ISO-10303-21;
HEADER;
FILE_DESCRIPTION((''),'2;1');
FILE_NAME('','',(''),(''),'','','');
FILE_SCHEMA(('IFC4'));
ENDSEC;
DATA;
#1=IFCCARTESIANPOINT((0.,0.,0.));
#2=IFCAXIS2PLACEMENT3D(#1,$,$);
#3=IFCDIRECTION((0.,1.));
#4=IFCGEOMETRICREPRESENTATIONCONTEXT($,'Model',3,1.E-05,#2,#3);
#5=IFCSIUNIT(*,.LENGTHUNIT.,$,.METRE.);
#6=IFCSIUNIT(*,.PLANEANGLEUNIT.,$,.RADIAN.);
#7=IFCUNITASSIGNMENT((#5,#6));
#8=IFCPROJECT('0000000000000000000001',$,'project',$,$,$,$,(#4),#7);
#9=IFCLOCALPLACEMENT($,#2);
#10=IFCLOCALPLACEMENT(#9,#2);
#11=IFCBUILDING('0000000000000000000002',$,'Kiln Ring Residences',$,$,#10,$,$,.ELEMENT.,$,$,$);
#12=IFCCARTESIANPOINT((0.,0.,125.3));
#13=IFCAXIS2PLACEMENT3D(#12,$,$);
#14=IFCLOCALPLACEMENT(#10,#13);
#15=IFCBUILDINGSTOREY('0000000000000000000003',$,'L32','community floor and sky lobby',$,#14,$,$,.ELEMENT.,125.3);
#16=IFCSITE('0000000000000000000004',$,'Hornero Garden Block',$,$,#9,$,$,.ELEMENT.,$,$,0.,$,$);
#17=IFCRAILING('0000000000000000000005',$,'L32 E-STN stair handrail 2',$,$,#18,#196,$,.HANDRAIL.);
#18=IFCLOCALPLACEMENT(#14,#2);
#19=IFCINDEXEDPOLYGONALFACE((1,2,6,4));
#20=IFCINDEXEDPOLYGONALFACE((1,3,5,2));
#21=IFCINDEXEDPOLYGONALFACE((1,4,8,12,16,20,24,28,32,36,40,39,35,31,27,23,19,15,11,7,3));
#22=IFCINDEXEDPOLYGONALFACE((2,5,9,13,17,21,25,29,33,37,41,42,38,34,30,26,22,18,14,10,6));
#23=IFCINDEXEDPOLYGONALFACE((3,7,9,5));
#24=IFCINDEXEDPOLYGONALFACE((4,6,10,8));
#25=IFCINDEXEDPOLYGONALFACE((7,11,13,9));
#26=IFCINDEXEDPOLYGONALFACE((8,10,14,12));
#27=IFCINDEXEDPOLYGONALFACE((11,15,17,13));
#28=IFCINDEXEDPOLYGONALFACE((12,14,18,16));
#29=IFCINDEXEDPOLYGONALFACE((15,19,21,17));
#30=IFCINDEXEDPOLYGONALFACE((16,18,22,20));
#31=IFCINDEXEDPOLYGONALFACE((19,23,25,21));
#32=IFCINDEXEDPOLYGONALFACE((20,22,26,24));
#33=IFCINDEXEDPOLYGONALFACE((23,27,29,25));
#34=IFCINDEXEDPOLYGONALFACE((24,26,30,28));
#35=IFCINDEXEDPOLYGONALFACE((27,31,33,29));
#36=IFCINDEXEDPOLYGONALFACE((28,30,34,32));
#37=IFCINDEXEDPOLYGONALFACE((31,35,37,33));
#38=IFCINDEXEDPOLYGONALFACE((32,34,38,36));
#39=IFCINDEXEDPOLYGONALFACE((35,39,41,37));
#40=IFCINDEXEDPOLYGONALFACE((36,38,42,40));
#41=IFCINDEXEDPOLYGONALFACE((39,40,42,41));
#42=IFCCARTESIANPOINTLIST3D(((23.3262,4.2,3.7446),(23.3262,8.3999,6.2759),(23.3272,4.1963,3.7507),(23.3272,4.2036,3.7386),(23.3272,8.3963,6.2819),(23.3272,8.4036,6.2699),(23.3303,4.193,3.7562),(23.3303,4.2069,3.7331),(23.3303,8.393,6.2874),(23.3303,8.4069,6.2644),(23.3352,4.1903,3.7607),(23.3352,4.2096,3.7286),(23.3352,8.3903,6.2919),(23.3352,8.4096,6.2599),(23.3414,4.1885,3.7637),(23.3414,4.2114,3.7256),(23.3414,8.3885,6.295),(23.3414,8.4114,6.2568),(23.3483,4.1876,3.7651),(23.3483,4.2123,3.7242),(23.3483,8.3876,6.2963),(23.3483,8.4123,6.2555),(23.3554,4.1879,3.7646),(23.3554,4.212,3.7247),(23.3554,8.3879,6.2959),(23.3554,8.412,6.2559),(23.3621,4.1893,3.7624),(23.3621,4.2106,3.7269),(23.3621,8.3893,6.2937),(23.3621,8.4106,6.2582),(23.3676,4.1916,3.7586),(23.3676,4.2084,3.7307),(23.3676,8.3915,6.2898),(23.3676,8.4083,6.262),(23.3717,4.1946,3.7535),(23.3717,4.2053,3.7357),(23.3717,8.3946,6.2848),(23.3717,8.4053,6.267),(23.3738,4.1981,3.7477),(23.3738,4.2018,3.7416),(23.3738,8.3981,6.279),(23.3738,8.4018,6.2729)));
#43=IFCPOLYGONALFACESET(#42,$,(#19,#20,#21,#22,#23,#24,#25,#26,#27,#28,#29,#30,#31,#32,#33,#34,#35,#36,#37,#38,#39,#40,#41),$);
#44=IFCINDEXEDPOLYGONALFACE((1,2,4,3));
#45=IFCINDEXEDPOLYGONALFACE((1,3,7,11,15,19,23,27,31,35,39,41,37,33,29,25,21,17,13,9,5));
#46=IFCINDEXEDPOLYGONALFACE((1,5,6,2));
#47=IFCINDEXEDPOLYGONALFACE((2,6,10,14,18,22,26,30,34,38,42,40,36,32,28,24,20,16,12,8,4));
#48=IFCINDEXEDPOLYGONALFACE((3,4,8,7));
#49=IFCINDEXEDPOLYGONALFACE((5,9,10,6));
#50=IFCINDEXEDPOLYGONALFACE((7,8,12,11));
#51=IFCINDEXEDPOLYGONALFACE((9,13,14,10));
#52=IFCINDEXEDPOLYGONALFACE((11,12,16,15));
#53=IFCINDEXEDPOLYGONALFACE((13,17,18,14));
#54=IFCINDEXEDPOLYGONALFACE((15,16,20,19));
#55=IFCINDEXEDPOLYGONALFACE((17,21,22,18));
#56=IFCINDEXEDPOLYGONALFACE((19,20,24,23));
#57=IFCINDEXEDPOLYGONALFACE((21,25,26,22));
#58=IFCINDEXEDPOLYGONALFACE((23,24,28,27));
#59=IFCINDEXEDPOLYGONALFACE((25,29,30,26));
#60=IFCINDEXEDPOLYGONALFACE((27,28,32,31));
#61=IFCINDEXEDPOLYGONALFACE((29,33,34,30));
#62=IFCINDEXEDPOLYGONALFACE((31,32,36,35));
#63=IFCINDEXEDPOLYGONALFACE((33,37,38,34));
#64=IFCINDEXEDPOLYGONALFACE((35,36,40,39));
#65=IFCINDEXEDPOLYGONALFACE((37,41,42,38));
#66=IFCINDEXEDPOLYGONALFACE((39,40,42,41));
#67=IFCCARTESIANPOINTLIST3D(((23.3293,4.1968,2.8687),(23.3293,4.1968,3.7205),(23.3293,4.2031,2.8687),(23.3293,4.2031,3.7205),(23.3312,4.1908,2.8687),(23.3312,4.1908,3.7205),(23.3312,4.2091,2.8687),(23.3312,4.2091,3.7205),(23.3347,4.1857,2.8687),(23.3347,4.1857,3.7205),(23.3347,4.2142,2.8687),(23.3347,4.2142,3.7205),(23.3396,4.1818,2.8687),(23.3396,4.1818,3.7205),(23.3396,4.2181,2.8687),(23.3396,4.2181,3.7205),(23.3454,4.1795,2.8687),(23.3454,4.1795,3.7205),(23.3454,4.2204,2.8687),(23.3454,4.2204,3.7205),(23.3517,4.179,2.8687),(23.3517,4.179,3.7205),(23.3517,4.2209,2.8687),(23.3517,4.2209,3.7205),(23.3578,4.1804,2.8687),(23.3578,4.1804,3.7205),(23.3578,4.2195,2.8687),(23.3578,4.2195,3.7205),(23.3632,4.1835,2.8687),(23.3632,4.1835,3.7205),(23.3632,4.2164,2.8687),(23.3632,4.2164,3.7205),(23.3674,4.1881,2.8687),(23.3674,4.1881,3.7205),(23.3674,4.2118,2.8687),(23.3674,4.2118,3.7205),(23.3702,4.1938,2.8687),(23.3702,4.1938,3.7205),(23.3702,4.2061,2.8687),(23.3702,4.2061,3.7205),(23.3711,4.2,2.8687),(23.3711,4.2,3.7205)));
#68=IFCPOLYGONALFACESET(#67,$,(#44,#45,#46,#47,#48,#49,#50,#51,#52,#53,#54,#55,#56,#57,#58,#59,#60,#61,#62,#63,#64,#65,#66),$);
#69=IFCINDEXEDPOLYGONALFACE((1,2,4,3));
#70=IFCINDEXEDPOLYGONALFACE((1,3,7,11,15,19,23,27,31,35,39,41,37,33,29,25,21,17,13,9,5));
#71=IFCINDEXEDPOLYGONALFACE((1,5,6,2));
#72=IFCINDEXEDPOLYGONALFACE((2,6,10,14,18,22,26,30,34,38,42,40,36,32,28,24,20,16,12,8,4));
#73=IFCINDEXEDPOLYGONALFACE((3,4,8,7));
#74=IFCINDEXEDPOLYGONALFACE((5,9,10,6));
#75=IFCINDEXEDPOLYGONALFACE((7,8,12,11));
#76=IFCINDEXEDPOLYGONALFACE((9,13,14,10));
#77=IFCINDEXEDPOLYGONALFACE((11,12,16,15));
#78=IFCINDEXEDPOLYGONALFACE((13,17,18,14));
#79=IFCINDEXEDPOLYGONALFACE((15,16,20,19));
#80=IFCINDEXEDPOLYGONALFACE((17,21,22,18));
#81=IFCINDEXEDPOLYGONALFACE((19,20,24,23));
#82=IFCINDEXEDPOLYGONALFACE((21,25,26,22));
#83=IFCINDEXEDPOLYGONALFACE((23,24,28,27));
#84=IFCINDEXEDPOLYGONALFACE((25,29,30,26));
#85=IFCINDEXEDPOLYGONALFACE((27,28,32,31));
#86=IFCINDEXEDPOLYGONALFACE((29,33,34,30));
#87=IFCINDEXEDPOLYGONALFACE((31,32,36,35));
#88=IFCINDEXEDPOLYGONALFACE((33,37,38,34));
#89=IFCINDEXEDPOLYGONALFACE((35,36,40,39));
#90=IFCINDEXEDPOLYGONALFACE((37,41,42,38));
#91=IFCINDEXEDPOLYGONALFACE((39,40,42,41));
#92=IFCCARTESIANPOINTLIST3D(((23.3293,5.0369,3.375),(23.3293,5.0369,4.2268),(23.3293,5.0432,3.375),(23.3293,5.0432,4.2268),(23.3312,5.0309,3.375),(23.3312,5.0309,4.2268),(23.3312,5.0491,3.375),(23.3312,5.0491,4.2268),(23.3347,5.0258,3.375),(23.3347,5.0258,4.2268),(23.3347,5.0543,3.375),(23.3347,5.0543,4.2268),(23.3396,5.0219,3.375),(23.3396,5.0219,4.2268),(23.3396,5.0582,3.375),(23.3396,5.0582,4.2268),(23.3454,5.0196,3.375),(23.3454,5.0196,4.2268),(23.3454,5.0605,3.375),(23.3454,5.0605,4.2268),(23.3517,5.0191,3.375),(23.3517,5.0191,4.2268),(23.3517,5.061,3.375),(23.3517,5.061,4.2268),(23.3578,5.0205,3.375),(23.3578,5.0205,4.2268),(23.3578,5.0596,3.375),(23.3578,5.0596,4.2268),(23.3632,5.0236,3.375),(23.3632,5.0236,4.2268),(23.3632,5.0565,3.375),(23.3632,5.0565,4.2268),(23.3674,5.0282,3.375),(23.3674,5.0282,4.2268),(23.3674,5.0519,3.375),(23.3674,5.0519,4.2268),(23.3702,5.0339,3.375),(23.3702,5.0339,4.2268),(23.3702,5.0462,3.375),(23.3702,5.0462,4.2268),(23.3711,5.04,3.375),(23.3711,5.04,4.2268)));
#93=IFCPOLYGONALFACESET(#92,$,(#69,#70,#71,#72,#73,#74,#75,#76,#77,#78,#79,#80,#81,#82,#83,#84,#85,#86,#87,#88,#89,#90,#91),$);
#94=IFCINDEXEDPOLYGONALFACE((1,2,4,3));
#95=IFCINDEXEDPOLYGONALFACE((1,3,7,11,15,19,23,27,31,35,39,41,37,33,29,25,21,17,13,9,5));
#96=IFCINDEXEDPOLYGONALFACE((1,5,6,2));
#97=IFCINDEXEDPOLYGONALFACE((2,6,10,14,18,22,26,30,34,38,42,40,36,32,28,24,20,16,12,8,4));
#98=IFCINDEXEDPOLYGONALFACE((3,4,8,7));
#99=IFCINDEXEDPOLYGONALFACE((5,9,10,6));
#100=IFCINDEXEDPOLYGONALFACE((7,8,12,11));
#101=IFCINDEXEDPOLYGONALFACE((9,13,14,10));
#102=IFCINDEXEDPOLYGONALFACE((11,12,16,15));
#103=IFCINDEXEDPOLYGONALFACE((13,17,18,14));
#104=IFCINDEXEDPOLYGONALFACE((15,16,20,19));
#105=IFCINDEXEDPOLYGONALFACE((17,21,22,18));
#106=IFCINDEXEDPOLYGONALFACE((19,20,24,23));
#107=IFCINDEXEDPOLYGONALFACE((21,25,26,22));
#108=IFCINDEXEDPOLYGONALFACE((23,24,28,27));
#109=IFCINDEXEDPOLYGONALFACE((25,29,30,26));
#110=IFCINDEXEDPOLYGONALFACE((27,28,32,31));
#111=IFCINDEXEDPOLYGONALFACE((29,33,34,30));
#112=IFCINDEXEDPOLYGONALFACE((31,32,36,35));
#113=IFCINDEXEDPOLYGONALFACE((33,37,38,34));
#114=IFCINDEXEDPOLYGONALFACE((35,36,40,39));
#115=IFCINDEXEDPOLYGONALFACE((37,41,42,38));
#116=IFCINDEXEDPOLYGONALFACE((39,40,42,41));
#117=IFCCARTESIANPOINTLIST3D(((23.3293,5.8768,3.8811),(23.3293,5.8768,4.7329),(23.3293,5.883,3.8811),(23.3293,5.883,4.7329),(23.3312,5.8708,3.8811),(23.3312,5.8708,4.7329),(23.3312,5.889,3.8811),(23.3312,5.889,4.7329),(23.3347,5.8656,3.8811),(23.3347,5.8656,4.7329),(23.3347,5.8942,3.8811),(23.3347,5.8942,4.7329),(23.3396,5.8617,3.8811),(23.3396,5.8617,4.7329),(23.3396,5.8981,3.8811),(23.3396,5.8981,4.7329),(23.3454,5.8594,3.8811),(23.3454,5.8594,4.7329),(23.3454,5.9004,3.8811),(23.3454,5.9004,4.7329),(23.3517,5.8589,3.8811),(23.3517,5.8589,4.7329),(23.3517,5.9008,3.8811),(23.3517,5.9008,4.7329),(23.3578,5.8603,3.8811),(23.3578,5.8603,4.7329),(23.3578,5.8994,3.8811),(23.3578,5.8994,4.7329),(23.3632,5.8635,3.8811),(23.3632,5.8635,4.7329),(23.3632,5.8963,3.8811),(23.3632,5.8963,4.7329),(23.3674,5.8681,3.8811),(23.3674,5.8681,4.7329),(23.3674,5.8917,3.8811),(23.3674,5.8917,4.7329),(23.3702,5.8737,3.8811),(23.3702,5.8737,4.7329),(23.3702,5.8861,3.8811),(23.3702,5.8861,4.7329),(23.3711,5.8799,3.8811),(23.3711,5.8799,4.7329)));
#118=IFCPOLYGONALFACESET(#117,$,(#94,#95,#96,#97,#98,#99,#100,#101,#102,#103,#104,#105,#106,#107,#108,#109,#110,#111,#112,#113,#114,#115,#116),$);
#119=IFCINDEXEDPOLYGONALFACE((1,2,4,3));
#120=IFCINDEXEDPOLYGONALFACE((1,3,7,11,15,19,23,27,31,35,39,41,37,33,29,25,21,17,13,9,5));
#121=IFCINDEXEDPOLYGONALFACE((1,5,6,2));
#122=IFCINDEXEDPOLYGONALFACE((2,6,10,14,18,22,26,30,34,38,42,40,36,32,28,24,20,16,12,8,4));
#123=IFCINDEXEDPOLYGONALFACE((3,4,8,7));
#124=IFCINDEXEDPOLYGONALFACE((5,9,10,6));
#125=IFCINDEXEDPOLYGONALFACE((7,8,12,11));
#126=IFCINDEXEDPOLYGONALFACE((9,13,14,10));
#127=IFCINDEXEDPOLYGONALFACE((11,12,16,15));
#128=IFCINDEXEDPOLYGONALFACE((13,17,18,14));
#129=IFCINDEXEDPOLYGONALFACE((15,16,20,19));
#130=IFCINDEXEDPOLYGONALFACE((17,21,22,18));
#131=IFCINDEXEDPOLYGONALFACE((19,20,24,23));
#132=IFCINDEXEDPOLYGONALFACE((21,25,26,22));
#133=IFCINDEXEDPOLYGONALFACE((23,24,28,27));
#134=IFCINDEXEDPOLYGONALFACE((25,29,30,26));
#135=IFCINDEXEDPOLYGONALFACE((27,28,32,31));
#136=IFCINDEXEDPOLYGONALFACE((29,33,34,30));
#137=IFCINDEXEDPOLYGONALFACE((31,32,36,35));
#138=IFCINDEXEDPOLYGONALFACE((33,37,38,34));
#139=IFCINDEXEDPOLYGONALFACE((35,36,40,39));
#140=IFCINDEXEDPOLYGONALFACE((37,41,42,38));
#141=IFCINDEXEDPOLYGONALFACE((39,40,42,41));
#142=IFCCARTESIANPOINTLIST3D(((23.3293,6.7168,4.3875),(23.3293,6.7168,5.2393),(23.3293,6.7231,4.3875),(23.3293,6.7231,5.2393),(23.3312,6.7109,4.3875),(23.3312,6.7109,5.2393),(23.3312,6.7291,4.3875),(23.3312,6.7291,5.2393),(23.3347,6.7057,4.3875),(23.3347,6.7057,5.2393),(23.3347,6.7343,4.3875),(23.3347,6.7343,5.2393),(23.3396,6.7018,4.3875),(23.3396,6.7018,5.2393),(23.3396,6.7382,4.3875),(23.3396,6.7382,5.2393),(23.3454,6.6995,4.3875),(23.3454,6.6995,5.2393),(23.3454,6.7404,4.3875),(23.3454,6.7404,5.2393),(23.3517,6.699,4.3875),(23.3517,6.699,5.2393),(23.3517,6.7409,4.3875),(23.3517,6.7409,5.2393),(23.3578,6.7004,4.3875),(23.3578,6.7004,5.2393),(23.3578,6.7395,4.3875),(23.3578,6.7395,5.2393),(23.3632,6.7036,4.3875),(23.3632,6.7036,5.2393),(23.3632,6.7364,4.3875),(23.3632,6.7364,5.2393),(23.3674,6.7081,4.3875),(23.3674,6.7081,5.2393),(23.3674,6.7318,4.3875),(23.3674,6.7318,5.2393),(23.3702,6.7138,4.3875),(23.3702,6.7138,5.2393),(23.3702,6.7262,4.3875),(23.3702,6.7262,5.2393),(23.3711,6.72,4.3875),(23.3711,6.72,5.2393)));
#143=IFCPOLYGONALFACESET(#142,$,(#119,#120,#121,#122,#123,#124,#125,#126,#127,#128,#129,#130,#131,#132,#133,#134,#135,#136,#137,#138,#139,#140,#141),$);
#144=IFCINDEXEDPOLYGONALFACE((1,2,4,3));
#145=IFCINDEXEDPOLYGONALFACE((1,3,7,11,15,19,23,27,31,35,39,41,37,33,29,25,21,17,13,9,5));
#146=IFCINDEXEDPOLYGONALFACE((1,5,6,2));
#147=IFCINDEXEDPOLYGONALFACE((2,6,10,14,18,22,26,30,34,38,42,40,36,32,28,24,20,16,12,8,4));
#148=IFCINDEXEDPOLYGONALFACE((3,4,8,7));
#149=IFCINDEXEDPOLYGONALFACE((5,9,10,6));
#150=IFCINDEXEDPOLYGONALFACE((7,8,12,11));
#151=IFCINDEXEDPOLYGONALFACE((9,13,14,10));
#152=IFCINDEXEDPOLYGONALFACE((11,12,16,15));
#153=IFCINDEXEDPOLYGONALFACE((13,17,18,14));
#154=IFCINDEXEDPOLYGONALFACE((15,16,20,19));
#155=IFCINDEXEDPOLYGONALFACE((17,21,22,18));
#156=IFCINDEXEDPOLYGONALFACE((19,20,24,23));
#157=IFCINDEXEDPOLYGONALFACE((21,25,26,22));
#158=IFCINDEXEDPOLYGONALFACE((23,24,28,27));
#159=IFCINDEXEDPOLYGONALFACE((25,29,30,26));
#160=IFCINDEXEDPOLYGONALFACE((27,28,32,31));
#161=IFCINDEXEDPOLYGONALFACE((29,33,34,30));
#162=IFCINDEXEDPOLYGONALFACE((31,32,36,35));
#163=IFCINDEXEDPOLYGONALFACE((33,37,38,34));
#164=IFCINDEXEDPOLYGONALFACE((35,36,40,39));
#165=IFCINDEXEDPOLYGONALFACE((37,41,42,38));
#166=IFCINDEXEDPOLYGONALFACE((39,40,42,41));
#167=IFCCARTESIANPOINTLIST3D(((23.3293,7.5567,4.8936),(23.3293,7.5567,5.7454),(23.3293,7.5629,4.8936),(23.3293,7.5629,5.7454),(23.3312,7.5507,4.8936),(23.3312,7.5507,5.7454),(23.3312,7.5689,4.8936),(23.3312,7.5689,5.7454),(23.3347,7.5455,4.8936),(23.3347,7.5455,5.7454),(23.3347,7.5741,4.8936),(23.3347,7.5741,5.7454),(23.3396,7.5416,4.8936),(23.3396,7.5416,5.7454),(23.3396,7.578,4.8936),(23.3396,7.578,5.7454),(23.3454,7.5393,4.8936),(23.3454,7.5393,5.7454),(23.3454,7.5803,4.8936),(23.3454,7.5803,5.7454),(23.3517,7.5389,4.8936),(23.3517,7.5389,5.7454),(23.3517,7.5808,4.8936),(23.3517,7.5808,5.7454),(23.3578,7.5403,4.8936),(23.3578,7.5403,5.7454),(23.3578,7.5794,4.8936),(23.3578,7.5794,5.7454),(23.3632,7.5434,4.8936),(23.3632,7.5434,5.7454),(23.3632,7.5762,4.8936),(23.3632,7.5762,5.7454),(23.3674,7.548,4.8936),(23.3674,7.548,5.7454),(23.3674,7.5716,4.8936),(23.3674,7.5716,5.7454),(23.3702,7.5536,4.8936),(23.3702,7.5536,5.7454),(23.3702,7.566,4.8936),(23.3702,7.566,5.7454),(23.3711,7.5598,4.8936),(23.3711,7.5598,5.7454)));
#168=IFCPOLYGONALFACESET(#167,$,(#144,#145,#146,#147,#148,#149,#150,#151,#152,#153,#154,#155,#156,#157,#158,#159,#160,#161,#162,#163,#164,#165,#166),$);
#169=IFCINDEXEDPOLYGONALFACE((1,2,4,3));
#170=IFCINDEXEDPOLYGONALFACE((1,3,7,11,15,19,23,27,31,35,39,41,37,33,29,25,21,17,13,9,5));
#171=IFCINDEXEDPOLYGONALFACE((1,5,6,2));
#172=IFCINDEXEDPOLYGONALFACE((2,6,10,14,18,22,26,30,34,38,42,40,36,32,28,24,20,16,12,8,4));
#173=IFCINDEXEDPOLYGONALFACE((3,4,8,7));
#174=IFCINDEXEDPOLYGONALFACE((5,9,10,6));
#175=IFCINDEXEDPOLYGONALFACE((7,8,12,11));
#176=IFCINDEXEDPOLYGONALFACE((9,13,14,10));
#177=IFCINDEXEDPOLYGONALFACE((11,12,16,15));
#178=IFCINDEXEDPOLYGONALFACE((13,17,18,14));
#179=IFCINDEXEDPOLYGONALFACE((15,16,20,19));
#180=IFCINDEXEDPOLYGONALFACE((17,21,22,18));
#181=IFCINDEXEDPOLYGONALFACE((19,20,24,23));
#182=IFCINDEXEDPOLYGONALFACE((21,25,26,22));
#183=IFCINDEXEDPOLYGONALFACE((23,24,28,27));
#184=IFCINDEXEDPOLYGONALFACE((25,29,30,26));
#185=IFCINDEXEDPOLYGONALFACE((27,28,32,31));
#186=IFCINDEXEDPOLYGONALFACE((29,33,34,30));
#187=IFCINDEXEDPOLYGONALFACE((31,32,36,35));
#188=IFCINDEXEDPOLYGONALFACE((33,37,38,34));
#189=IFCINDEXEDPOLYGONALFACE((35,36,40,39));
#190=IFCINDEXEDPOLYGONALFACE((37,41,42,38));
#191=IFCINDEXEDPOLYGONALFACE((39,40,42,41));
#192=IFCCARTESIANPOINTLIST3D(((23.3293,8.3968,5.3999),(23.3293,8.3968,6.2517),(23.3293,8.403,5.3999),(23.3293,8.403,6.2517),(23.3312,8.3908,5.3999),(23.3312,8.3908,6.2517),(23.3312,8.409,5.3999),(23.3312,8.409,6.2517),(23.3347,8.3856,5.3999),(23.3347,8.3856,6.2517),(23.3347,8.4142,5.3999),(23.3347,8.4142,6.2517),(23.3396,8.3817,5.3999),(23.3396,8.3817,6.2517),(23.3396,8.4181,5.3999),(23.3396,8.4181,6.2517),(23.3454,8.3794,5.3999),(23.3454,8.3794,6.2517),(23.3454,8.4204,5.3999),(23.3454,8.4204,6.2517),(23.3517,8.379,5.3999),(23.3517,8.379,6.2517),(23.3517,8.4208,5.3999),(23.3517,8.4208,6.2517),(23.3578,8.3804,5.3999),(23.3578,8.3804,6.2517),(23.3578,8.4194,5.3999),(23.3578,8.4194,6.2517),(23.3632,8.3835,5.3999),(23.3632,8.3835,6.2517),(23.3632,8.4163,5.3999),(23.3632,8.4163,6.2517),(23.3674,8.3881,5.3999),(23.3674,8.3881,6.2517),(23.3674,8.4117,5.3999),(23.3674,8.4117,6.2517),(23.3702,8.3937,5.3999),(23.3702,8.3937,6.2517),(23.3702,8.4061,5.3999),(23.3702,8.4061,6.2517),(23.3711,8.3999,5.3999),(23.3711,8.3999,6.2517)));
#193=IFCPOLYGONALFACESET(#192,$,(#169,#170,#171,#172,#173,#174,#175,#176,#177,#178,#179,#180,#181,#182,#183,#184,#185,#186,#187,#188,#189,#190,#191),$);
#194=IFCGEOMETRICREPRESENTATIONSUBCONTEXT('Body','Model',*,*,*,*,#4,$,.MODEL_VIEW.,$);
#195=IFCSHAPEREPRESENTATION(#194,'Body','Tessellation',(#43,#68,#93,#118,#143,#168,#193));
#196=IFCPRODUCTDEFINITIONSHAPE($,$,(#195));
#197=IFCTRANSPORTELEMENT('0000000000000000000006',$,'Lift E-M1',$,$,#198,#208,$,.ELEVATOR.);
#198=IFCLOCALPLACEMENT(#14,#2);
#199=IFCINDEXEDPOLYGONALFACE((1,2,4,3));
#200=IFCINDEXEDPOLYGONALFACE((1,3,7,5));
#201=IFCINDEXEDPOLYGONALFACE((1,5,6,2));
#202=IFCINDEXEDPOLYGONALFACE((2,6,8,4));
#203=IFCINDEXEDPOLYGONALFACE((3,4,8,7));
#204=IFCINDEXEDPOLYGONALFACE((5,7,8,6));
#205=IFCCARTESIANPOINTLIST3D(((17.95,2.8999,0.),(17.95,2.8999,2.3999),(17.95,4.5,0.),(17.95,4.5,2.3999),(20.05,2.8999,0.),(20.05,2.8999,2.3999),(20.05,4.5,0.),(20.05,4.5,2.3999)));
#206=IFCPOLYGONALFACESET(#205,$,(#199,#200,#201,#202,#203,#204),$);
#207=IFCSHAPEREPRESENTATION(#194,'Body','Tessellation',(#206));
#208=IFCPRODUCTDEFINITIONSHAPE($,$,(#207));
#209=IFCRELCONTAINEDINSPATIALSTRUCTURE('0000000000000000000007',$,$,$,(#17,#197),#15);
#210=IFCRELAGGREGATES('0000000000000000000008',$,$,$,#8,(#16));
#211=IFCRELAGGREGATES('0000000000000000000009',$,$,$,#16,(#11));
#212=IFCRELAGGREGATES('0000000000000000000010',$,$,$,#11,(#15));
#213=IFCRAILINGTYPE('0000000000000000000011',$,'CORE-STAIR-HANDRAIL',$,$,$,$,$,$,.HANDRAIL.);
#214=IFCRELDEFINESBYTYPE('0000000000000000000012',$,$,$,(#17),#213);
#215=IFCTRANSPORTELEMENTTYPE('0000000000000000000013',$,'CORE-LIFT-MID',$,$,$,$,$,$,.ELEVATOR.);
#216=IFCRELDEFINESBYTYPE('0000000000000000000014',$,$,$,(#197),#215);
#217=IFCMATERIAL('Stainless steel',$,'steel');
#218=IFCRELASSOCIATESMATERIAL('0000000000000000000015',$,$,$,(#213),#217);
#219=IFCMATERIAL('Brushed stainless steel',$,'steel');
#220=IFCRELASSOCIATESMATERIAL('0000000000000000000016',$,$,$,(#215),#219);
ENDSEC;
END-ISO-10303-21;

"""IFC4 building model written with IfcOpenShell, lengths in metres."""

from ifc_helpers import new_model, si_unit, direction, frame, origin, origin_2d, place, context, subcontext, project, spatial, rectangle, circle, extrude, material, type_object, element, save


model = new_model("IFC4")

# Units and contexts
model_context = context("Model", 3, precision=1e-05, world=origin(), true_north=direction((0.0, 1.0)))
body_context = subcontext(model_context, "Body", "Model", "MODEL_VIEW")
ifc_project = project(units=[si_unit("LENGTHUNIT", "METRE"), si_unit("PLANEANGLEUNIT", "RADIAN")], contexts=[model_context])

# Site, building, storey
site_placement = place(None, origin())
site = spatial("IfcSite", under=ifc_project, at=site_placement, Name="Hornero Garden Block", CompositionType="ELEMENT", RefElevation=0.0)
building_placement = place(site_placement, origin())
building = spatial("IfcBuilding", under=site, at=building_placement, Name="Kiln Ring Residences", CompositionType="ELEMENT")
storey_placement = place(building_placement, frame((0.0, 0.0, 125.3)))
storey = spatial("IfcBuildingStorey", under=building, at=storey_placement, Name="L32", Description="community floor and sky lobby", CompositionType="ELEMENT", Elevation=125.3)

# Railing
ifc_material_1 = material(Name="Stainless steel", Category="steel")
railing_type_1 = type_object("IfcRailingType", Name="CORE-STAIR-HANDRAIL", PredefinedType="HANDRAIL", material=ifc_material_1)
railing_1_placement = place(storey_placement, frame((23.3501, 4.2, 2.8687)))
element("IfcRailing", 1, at=railing_1_placement, inside=storey, type_object=railing_type_1, Name="L32 E-STN stair handrail 2", PredefinedType="HANDRAIL", context=body_context, shape_type="SweptSolid", body=[
    extrude(circle(Radius=0.0239, at=origin_2d()), frame((0.0, 0.0, 0.876), z_axis=(0.0, 0.856476, 0.516186), x_axis=(-1.0, 0.0, 0.0)), (0.0, 0.0, 1.0), 4.9038),
    extrude(circle(Radius=0.021, at=origin_2d()), origin(), (0.0, 0.0, 1.0), 0.8518),
    extrude(circle(Radius=0.021, at=origin_2d()), frame((0.0, 0.8401, 0.5063)), (0.0, 0.0, 1.0), 0.8518),
    extrude(circle(Radius=0.021, at=origin_2d()), frame((0.0, 1.6799, 1.0125)), (0.0, 0.0, 1.0), 0.8518),
    extrude(circle(Radius=0.021, at=origin_2d()), frame((0.0, 2.52, 1.5188)), (0.0, 0.0, 1.0), 0.8518),
    extrude(circle(Radius=0.021, at=origin_2d()), frame((0.0, 3.3599, 2.0249)), (0.0, 0.0, 1.0), 0.8518),
    extrude(circle(Radius=0.021, at=origin_2d()), frame((0.0, 4.2, 2.5312)), (0.0, 0.0, 1.0), 0.8518),
])

# Transport element
ifc_material_2 = material(Name="Brushed stainless steel", Category="steel")
transport_element_type = type_object("IfcTransportElementType", Name="CORE-LIFT-MID", PredefinedType="ELEVATOR", material=ifc_material_2)
transport_element_placement = place(storey_placement, frame((19.0, 3.7, 0.0), z_axis=(0.0, 0.0, 1.0), x_axis=(1.0, 0.0, 0.0)))
element("IfcTransportElement", 2, at=transport_element_placement, inside=storey, type_object=transport_element_type, Name="Lift E-M1", PredefinedType="ELEVATOR", context=body_context, shape_type="SweptSolid", body=[
    extrude(rectangle(XDim=2.1001, YDim=1.6001, at=origin_2d()), origin(), (0.0, 0.0, 1.0), 2.3999),
])

save(model, "model.ifc")
